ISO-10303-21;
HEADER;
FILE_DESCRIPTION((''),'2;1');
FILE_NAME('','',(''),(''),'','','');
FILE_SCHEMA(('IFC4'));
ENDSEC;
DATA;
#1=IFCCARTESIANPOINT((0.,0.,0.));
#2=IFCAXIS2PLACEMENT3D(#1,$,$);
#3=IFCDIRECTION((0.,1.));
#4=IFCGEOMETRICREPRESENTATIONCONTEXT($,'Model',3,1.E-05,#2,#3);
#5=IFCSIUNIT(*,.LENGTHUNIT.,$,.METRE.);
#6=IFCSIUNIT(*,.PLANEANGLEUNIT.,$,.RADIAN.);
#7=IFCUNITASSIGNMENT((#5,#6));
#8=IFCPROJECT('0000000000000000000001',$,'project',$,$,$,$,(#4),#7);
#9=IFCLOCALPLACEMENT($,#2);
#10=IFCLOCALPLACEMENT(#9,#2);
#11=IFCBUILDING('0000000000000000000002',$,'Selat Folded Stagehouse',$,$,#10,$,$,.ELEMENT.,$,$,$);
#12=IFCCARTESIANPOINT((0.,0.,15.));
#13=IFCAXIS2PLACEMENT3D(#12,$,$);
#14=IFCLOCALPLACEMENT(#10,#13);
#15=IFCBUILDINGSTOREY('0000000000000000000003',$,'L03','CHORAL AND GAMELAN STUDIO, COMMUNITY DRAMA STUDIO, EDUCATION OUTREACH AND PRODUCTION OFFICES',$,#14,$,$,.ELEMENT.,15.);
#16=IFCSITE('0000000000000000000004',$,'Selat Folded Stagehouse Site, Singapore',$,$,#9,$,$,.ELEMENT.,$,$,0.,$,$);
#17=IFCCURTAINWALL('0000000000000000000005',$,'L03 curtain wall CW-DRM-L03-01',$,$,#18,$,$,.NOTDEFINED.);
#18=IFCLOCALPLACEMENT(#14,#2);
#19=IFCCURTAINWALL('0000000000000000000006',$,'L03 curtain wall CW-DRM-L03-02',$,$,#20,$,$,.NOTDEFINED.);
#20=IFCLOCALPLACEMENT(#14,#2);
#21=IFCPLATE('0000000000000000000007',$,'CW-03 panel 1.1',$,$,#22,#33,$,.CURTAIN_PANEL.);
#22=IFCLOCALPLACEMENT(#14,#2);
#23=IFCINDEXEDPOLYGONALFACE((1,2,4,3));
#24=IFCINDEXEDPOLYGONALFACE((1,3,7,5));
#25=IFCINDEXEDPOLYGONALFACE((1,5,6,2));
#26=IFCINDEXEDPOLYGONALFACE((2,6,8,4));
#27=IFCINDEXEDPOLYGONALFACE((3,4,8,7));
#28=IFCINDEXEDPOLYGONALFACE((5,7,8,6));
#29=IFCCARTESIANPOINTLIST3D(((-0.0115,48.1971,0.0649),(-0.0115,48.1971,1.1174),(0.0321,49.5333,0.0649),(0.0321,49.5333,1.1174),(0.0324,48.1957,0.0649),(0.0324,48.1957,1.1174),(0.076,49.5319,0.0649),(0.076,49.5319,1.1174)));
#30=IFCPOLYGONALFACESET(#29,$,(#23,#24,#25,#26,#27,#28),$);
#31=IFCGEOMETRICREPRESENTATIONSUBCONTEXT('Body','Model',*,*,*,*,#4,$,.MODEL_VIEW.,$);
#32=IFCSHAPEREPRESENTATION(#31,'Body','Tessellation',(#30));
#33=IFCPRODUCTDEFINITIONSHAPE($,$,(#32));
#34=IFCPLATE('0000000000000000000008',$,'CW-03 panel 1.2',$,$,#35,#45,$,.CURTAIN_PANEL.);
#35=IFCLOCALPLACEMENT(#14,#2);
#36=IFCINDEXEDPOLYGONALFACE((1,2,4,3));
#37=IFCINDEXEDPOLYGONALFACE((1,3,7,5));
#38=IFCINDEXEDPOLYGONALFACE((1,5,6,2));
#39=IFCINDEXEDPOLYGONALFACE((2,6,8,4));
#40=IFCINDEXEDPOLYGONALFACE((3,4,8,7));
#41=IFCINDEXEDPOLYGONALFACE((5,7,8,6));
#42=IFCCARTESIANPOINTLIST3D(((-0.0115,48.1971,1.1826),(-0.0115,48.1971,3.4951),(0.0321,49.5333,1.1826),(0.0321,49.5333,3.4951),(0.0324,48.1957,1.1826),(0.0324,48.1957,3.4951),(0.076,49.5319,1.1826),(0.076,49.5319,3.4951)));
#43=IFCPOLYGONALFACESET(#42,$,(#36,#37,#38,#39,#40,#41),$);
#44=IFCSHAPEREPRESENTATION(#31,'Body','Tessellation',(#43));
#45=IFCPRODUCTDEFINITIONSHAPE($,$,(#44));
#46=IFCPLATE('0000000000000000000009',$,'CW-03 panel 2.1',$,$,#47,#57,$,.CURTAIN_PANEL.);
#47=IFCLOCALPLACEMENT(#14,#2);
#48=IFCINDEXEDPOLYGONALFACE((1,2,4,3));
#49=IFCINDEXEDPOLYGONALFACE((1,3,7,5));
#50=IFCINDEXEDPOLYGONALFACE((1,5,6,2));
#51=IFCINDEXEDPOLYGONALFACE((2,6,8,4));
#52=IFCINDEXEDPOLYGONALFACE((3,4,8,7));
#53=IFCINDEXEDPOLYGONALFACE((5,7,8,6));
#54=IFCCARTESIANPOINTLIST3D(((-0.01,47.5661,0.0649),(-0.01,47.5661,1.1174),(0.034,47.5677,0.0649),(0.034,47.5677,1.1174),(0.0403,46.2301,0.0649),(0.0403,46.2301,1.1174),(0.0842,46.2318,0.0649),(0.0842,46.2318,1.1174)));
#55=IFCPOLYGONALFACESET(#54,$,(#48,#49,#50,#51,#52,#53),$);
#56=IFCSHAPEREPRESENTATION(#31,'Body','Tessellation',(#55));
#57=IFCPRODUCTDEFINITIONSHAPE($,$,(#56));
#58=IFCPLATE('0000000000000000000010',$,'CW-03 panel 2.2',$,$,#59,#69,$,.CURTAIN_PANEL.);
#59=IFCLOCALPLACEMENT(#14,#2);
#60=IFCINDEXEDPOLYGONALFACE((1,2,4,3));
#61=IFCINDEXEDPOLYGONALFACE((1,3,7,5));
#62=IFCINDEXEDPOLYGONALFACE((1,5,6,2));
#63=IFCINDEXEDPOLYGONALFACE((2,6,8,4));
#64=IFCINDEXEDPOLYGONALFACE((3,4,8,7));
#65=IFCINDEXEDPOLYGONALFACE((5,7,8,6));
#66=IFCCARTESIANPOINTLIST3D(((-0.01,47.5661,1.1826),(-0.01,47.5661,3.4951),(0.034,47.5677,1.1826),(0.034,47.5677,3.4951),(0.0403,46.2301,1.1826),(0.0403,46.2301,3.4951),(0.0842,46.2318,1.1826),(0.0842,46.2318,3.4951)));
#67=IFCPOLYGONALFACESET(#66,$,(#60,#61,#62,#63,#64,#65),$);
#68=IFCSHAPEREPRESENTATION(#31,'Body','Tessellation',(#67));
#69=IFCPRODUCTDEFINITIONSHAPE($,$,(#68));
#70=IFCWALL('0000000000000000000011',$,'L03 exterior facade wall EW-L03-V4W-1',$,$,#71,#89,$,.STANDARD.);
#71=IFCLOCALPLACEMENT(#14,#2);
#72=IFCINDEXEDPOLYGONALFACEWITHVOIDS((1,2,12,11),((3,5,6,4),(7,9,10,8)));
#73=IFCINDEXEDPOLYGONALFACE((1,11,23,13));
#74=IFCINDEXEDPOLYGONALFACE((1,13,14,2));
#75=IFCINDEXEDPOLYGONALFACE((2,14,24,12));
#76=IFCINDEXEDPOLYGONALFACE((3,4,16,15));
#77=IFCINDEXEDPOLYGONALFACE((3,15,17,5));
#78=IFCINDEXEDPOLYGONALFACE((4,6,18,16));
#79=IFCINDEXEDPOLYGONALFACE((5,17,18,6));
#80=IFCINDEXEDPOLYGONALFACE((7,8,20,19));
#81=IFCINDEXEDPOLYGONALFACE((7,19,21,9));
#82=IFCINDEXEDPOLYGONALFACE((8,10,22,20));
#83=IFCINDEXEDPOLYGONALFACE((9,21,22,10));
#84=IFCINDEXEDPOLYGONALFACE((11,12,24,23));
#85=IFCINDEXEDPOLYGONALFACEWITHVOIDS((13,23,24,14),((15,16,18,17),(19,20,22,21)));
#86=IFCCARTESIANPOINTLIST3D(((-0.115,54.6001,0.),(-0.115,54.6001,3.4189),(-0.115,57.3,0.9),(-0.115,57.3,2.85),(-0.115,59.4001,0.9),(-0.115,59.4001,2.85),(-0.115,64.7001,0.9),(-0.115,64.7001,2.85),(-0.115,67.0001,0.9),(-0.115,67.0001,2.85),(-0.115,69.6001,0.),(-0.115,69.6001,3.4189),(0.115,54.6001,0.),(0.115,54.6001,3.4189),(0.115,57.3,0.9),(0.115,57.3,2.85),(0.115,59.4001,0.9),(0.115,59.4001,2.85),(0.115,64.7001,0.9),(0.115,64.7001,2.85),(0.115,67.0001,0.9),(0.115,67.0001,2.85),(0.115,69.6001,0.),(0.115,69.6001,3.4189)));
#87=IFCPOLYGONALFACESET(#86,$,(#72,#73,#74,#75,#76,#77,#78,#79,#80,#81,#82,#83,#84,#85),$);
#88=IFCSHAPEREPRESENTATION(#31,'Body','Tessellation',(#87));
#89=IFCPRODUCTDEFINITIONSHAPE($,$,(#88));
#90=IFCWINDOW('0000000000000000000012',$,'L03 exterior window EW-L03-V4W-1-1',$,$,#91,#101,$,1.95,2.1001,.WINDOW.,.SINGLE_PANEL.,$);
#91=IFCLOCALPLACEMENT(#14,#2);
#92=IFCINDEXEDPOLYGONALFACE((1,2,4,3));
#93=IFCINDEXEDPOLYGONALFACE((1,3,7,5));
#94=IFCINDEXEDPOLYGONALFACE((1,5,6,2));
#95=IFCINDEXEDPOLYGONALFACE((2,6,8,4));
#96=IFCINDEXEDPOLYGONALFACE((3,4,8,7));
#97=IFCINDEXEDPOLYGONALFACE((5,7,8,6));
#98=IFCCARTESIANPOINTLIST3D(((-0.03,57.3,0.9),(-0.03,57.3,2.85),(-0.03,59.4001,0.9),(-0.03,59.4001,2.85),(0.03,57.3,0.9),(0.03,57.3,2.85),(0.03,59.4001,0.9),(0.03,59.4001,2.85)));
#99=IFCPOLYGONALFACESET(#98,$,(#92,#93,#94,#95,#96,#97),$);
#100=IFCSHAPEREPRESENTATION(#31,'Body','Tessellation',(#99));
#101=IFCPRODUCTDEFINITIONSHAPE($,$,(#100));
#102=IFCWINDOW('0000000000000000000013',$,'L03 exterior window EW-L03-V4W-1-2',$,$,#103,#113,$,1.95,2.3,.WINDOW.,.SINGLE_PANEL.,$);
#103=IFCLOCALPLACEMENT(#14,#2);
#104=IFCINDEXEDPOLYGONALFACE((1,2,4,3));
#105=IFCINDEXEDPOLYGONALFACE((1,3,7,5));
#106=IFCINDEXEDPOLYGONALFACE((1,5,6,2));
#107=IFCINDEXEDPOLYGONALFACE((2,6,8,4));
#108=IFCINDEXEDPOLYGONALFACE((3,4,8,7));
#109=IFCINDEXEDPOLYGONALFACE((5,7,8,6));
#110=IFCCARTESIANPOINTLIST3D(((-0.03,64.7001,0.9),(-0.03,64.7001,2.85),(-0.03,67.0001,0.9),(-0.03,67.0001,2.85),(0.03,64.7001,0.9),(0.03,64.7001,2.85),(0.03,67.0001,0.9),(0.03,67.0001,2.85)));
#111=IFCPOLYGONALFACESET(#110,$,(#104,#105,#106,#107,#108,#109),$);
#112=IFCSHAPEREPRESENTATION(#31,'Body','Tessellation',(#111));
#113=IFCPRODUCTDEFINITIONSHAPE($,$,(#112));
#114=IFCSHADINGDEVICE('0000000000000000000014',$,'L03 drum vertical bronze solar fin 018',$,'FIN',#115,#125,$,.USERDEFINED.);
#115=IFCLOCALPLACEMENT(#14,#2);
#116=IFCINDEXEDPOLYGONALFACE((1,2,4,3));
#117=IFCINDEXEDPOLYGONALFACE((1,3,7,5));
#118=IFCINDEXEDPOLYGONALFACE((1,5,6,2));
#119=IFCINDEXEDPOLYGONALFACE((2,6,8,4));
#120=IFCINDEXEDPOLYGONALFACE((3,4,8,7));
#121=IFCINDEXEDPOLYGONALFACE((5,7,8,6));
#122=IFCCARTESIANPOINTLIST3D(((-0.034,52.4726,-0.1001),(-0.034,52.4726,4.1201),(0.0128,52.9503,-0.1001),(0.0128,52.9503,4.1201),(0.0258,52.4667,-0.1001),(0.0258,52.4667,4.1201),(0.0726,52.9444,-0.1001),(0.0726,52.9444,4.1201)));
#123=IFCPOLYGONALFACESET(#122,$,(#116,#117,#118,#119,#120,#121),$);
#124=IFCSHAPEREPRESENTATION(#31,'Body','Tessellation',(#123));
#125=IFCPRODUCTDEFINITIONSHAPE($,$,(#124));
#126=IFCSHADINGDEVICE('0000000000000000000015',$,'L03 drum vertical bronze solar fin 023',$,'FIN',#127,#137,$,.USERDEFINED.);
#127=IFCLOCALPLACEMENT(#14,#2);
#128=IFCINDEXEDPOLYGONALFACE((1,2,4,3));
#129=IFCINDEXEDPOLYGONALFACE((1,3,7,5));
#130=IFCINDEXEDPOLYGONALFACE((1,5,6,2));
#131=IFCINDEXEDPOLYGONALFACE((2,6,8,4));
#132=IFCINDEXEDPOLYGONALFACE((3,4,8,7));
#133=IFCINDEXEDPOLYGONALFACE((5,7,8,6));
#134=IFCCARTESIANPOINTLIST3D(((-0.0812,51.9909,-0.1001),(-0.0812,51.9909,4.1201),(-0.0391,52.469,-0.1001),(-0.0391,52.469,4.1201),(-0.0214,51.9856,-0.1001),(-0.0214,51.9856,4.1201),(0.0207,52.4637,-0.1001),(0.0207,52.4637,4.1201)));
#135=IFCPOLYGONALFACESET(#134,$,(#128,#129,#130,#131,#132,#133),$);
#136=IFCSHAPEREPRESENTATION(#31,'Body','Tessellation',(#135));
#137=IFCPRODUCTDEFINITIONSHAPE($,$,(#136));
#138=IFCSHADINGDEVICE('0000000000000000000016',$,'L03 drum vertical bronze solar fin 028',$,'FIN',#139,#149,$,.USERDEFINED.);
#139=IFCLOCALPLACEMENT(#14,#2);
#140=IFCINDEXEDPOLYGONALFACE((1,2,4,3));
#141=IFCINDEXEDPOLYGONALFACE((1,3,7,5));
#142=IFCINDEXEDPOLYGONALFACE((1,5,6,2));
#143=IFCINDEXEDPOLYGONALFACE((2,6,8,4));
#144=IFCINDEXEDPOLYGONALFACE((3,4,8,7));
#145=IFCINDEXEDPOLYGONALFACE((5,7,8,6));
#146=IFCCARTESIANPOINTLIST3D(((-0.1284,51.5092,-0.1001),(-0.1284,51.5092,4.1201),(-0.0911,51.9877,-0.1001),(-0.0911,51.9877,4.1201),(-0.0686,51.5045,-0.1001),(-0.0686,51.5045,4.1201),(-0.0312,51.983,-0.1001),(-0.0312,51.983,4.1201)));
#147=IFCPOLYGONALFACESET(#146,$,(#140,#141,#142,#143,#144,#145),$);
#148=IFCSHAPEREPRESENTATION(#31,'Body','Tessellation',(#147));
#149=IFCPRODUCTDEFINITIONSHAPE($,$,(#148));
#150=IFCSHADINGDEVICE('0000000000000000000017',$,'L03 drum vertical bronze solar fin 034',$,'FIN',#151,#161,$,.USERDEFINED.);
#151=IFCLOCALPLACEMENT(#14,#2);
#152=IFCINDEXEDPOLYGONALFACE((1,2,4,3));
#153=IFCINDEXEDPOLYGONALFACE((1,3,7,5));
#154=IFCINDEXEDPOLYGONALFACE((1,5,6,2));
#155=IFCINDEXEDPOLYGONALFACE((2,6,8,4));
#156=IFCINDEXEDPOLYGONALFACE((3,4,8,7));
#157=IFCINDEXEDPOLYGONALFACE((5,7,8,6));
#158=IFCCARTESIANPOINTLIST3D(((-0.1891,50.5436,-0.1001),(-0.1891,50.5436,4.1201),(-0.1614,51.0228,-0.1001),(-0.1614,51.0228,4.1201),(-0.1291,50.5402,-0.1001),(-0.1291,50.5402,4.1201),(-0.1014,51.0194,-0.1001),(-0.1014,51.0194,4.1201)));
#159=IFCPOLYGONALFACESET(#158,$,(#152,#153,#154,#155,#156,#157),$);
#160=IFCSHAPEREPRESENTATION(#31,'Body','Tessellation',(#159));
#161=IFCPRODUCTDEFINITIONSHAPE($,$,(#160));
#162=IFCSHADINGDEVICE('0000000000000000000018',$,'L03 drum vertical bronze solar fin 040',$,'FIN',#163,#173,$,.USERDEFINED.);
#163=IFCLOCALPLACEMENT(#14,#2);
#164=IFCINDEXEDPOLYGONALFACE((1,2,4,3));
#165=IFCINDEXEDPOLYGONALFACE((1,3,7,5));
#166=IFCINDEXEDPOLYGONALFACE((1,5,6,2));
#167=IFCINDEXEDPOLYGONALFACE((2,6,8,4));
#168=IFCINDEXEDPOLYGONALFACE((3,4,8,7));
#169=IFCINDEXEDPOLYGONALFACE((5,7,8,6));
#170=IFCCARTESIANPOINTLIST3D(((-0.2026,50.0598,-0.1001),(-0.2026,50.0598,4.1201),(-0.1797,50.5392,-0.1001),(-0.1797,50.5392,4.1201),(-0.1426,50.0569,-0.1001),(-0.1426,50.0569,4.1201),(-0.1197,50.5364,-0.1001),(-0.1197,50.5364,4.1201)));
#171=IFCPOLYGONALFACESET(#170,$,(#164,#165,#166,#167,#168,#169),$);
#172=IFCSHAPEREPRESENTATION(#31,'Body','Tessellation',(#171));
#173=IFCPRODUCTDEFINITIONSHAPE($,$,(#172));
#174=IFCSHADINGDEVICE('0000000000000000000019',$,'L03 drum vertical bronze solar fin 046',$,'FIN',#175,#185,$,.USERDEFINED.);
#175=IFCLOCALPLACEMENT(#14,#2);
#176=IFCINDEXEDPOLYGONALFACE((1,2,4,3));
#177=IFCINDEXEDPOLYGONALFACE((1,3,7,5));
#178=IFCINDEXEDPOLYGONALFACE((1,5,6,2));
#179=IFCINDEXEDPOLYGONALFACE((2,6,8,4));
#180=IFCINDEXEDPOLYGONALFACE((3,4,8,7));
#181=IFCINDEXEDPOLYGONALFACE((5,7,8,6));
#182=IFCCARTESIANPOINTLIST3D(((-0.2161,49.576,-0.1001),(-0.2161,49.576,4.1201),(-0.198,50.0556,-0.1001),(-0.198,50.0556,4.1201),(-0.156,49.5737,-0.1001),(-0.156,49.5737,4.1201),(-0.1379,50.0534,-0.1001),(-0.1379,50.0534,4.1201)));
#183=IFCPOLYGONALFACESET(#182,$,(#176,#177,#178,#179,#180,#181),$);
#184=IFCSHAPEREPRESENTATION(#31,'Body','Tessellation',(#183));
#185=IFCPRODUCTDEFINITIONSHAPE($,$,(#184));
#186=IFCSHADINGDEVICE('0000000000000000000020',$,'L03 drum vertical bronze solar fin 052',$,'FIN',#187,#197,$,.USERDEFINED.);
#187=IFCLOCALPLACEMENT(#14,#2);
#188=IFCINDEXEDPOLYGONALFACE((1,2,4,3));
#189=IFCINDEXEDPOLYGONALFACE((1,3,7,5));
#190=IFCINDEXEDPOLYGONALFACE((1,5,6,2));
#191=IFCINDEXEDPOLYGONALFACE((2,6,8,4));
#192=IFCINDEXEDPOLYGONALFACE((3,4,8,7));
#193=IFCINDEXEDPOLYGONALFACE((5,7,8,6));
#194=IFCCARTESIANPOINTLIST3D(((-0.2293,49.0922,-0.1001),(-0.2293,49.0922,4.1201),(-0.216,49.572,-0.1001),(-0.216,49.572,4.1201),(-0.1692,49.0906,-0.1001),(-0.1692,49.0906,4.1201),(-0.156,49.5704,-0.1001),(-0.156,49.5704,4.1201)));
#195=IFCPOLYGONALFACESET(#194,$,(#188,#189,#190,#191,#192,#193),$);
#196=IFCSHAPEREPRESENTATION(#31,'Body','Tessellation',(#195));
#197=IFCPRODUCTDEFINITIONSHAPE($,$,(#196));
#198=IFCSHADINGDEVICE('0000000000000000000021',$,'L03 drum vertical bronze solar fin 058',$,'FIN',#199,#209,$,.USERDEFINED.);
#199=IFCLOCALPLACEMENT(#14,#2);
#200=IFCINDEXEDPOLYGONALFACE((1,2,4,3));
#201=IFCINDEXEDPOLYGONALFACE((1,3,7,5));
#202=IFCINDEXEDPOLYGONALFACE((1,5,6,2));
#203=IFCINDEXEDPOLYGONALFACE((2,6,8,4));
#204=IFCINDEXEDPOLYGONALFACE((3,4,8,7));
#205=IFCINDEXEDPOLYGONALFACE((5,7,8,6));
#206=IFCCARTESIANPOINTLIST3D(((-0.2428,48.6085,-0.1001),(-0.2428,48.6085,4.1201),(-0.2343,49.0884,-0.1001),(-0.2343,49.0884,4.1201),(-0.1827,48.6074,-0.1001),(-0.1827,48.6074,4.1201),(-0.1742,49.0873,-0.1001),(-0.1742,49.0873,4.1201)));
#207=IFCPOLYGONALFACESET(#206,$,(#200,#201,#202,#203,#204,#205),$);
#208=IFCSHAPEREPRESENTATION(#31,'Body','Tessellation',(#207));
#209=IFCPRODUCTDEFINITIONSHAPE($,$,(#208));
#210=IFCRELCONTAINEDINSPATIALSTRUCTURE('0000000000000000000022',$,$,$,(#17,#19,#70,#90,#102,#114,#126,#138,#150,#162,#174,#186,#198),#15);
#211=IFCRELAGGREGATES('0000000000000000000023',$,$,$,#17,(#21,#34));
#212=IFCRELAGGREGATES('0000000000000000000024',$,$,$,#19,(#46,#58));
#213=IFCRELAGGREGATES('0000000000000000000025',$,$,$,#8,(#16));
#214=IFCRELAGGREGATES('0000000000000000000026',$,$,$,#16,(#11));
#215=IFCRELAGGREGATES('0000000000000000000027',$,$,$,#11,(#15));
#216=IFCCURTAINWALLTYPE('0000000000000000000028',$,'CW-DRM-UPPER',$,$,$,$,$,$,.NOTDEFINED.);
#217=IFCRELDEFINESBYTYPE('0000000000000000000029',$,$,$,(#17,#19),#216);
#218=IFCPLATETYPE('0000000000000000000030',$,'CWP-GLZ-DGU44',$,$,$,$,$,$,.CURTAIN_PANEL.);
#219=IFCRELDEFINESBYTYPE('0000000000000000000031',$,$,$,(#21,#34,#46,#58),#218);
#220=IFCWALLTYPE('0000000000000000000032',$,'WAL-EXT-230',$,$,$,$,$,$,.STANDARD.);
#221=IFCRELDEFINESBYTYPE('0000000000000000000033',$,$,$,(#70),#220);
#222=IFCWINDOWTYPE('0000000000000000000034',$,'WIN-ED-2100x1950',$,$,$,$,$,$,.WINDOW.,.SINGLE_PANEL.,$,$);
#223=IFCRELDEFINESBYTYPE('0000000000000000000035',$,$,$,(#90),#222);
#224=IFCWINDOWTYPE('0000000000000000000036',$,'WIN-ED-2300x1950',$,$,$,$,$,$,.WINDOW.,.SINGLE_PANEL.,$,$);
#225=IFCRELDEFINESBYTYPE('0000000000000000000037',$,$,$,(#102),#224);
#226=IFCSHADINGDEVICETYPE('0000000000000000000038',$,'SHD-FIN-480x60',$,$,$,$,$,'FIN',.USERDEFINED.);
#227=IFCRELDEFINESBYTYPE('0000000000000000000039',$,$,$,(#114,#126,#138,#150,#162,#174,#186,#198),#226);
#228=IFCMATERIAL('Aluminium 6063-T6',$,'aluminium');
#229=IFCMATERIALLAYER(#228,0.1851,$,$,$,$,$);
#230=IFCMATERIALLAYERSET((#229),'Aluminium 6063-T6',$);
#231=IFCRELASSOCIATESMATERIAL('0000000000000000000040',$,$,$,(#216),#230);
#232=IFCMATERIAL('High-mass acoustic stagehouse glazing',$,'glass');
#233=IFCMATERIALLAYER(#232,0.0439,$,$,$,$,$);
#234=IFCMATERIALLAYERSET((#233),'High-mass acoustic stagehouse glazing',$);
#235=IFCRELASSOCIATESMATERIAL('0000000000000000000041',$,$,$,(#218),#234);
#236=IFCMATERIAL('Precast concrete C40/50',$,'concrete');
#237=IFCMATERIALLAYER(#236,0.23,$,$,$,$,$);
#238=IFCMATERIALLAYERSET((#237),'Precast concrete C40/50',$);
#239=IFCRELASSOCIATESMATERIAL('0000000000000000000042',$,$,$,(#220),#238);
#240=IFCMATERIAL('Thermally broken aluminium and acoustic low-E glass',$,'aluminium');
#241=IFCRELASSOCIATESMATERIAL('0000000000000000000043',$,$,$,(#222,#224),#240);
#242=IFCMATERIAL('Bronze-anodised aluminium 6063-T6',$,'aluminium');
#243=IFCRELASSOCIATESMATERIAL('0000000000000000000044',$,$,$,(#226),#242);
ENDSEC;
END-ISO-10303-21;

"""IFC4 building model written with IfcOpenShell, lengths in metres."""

from ifc_helpers import new_model, si_unit, direction, frame, frame_2d, origin, origin_2d, place, context, subcontext, project, spatial, rectangle, extrude, material, layer, layer_set, material_profile, profile_set, type_object, element, fill, aggregate, save


model = new_model("IFC4")

# Units and contexts
model_context = context("Model", 3, precision=1e-05, world=origin(), true_north=direction((0.0, 1.0)))
body_context = subcontext(model_context, "Body", "Model", "MODEL_VIEW")
ifc_project = project(units=[si_unit("LENGTHUNIT", "METRE"), si_unit("PLANEANGLEUNIT", "RADIAN")], contexts=[model_context])

# Site, building, storey
site_placement = place(None, origin())
site = spatial("IfcSite", under=ifc_project, at=site_placement, Name="Selat Folded Stagehouse Site, Singapore", CompositionType="ELEMENT", RefElevation=0.0)
building_placement = place(site_placement, origin())
building = spatial("IfcBuilding", under=site, at=building_placement, Name="Selat Folded Stagehouse", CompositionType="ELEMENT")
storey_placement = place(building_placement, frame((0.0, 0.0, 15.0)))
storey = spatial("IfcBuildingStorey", under=building, at=storey_placement, Name="L03", Description="CHORAL AND GAMELAN STUDIO, COMMUNITY DRAMA STUDIO, EDUCATION OUTREACH AND PRODUCTION OFFICES", CompositionType="ELEMENT", Elevation=15.0)

# Curtain wall
ifc_material_1 = material(Name="Aluminium 6063-T6", Category="aluminium")
ifc_layer_1 = layer(ifc_material_1, 0.1851)
ifc_layer_set_1 = layer_set([ifc_layer_1], Name="Aluminium 6063-T6")
curtain_wall_type = type_object("IfcCurtainWallType", Name="CW-DRM-UPPER", PredefinedType="NOTDEFINED", material=ifc_layer_set_1)
curtain_wall_1_placement = place(storey_placement, origin())
curtain_wall_1 = element("IfcCurtainWall", 1, at=curtain_wall_1_placement, inside=storey, type_object=curtain_wall_type, Name="L03 curtain wall CW-DRM-L03-01", PredefinedType="NOTDEFINED")

# Curtain wall
curtain_wall_2_placement = place(storey_placement, origin())
curtain_wall_2 = element("IfcCurtainWall", 2, at=curtain_wall_2_placement, inside=storey, type_object=curtain_wall_type, Name="L03 curtain wall CW-DRM-L03-02", PredefinedType="NOTDEFINED")

# Plates
ifc_material_2 = material(Name="High-mass acoustic stagehouse glazing", Category="glass")
ifc_layer_2 = layer(ifc_material_2, 0.0439)
ifc_layer_set_2 = layer_set([ifc_layer_2], Name="High-mass acoustic stagehouse glazing")
plate_type = type_object("IfcPlateType", Name="CWP-GLZ-DGU44", PredefinedType="CURTAIN_PANEL", material=ifc_layer_set_2)
plate_1_placement = place(storey_placement, frame((0.0322, 48.8645, 0.0649), z_axis=(0.0, 0.0, 1.0), x_axis=(0.032625, 0.999468, 0.0)))
plate_1 = element("IfcPlate", 3, at=plate_1_placement, type_object=plate_type, Name="CW-03 panel 1.1", PredefinedType="CURTAIN_PANEL", context=body_context, shape_type="SweptSolid", body=[
    extrude(rectangle(XDim=1.3369, YDim=0.0439, at=origin_2d()), origin(), (0.0, 0.0, 1.0), 1.0525),
])
plate_2_placement = place(storey_placement, frame((0.0322, 48.8645, 1.1826), z_axis=(0.0, 0.0, 1.0), x_axis=(0.032625, 0.999468, 0.0)))
plate_2 = element("IfcPlate", 4, at=plate_2_placement, type_object=plate_type, Name="CW-03 panel 1.2", PredefinedType="CURTAIN_PANEL", context=body_context, shape_type="SweptSolid", body=[
    extrude(rectangle(XDim=1.3369, YDim=0.0439, at=origin_2d()), origin(), (0.0, 0.0, 1.0), 2.3125),
])
aggregate(curtain_wall_1, [plate_1, plate_2])
plate_3_placement = place(storey_placement, frame((0.0371, 46.8989, 0.0649), z_axis=(0.0, 0.0, 1.0), x_axis=(-0.037574, 0.999294, 0.0)))
plate_3 = element("IfcPlate", 5, at=plate_3_placement, type_object=plate_type, Name="CW-03 panel 2.1", PredefinedType="CURTAIN_PANEL", context=body_context, shape_type="SweptSolid", body=[
    extrude(rectangle(XDim=1.3369, YDim=0.0439, at=origin_2d()), origin(), (0.0, 0.0, 1.0), 1.0525),
])
plate_4_placement = place(storey_placement, frame((0.0371, 46.8989, 1.1826), z_axis=(0.0, 0.0, 1.0), x_axis=(-0.037574, 0.999294, 0.0)))
plate_4 = element("IfcPlate", 6, at=plate_4_placement, type_object=plate_type, Name="CW-03 panel 2.2", PredefinedType="CURTAIN_PANEL", context=body_context, shape_type="SweptSolid", body=[
    extrude(rectangle(XDim=1.3369, YDim=0.0439, at=origin_2d()), origin(), (0.0, 0.0, 1.0), 2.3125),
])
aggregate(curtain_wall_2, [plate_3, plate_4])

# Wall, openings, windows
ifc_material_3 = material(Name="Precast concrete C40/50", Category="concrete")
ifc_layer_3 = layer(ifc_material_3, 0.23)
ifc_layer_set_3 = layer_set([ifc_layer_3], Name="Precast concrete C40/50")
wall_type = type_object("IfcWallType", Name="WAL-EXT-230", PredefinedType="STANDARD", material=ifc_layer_set_3)
wall_placement = place(storey_placement, frame((0.0, 54.6001, 0.0), z_axis=(0.0, 0.0, 1.0), x_axis=(0.0, 1.0, 0.0)))
wall = element("IfcWall", 7, at=wall_placement, inside=storey, type_object=wall_type, Name="L03 exterior facade wall EW-L03-V4W-1", PredefinedType="STANDARD", context=body_context, shape_type="SweptSolid", body=[
    extrude(rectangle(XDim=15.0, YDim=0.23, at=frame_2d((7.5, 0.0))), origin(), (0.0, 0.0, 1.0), 3.4189),
])
opening_1_placement = place(wall_placement, frame((2.7, 0.0, 0.8999)))
opening_1 = element("IfcOpeningElement", 8, at=opening_1_placement, cuts=wall, PredefinedType="OPENING", context=body_context, shape_type="SweptSolid", body=[
    extrude(rectangle(XDim=2.1001, YDim=1.95, at=frame_2d((1.05, 0.9751))), frame((0.0, 0.125, 0.0), z_axis=(0.0, -1.0, 0.0), x_axis=(1.0, 0.0, 0.0)), (0.0, 0.0, 1.0), 0.25),
])
opening_2_placement = place(wall_placement, frame((10.1001, 0.0, 0.8999)))
opening_2 = element("IfcOpeningElement", 9, at=opening_2_placement, cuts=wall, PredefinedType="OPENING", context=body_context, shape_type="SweptSolid", body=[
    extrude(rectangle(XDim=2.3, YDim=1.95, at=frame_2d((1.1499, 0.9751))), frame((0.0, 0.125, 0.0), z_axis=(0.0, -1.0, 0.0), x_axis=(1.0, 0.0, 0.0)), (0.0, 0.0, 1.0), 0.25),
])
ifc_material_4 = material(Name="Thermally broken aluminium and acoustic low-E glass", Category="aluminium")
window_type_1 = type_object("IfcWindowType", Name="WIN-ED-2100x1950", PartitioningType="SINGLE_PANEL", PredefinedType="WINDOW", material=ifc_material_4)
window_1_placement = place(opening_1_placement, origin())
window_1 = element("IfcWindow", 10, at=window_1_placement, inside=storey, type_object=window_type_1, Name="L03 exterior window EW-L03-V4W-1-1", OverallHeight=1.95, OverallWidth=2.1001, PartitioningType="SINGLE_PANEL", PredefinedType="WINDOW", context=body_context, shape_type="SweptSolid", body=[
    extrude(rectangle(XDim=2.1001, YDim=1.95, at=frame_2d((1.05, 0.9751))), frame((0.0, 0.03, 0.0), z_axis=(0.0, -1.0, 0.0), x_axis=(1.0, 0.0, 0.0)), (0.0, 0.0, 1.0), 0.0601),
])
fill(opening_1, window_1)
window_type_2 = type_object("IfcWindowType", Name="WIN-ED-2300x1950", PartitioningType="SINGLE_PANEL", PredefinedType="WINDOW", material=ifc_material_4)
window_2_placement = place(opening_2_placement, origin())
window_2 = element("IfcWindow", 11, at=window_2_placement, inside=storey, type_object=window_type_2, Name="L03 exterior window EW-L03-V4W-1-2", OverallHeight=1.95, OverallWidth=2.3, PartitioningType="SINGLE_PANEL", PredefinedType="WINDOW", context=body_context, shape_type="SweptSolid", body=[
    extrude(rectangle(XDim=2.3, YDim=1.95, at=frame_2d((1.1499, 0.9751))), frame((0.0, 0.03, 0.0), z_axis=(0.0, -1.0, 0.0), x_axis=(1.0, 0.0, 0.0)), (0.0, 0.0, 1.0), 0.0601),
])
fill(opening_2, window_2)

# Shading devices
ifc_material_5 = material(Name="Bronze-anodised aluminium 6063-T6", Category="aluminium")
ifc_material_profile_1 = material_profile(ifc_material_5, rectangle(XDim=0.0601, YDim=0.48, at=origin_2d()), Name="SOLAR-FIN 480x60")
ifc_profile_set_1 = profile_set([ifc_material_profile_1], Name="Bronze-anodised aluminium 6063-T6")
shading_device_type = type_object("IfcShadingDeviceType", Name="SHD-FIN-480x60", ElementType="FIN", PredefinedType="USERDEFINED", material=ifc_profile_set_1)
for number, where, z_axis, x_axis, name in (
    (12, (0.0193, 52.7085, -0.1001), (0.0, 0.0, 1.0), (-0.995227, 0.097583, 0.0), "L03 drum vertical bronze solar fin 018"),
    (13, (-0.0303, 52.2273, -0.1001), (0.0, 0.0, 1.0), (-0.996149, 0.087677, 0.0), "L03 drum vertical bronze solar fin 023"),
    (14, (-0.0798, 51.7461, -0.1001), (0.0, 0.0, 1.0), (-0.996972, 0.077763, 0.0), "L03 drum vertical bronze solar fin 028"),
    (15, (-0.1453, 50.7815, -0.1001), (0.0, 0.0, 1.0), (-0.998332, 0.057738, 0.0), "L03 drum vertical bronze solar fin 034"),
    (16, (-0.1611, 50.2981, -0.1001), (0.0, 0.0, 1.0), (-0.998865, 0.047629, 0.0), "L03 drum vertical bronze solar fin 040"),
    (17, (-0.177, 49.8147, -0.1001), (0.0, 0.0, 1.0), (-0.999289, 0.03769, 0.0), "L03 drum vertical bronze solar fin 046"),
    (18, (-0.1926, 49.3313, -0.1001), (0.0, 0.0, 1.0), (-0.99962, 0.027573, 0.0), "L03 drum vertical bronze solar fin 052"),
    (19, (-0.2085, 48.8479, -0.1001), (0.0, 0.0, 1.0), (-0.999845, 0.017627, 0.0), "L03 drum vertical bronze solar fin 058"),
):
    element("IfcShadingDevice", number, at=place(storey_placement, frame(where, z_axis=z_axis, x_axis=x_axis)), inside=storey, type_object=shading_device_type, Name=name, ObjectType="FIN", PredefinedType="USERDEFINED", context=body_context, shape_type="SweptSolid", body=[
        extrude(rectangle(XDim=0.0601, YDim=0.48, at=origin_2d()), origin(), (0.0, 0.0, 1.0), 4.2202),
    ])

save(model, "model.ifc")
